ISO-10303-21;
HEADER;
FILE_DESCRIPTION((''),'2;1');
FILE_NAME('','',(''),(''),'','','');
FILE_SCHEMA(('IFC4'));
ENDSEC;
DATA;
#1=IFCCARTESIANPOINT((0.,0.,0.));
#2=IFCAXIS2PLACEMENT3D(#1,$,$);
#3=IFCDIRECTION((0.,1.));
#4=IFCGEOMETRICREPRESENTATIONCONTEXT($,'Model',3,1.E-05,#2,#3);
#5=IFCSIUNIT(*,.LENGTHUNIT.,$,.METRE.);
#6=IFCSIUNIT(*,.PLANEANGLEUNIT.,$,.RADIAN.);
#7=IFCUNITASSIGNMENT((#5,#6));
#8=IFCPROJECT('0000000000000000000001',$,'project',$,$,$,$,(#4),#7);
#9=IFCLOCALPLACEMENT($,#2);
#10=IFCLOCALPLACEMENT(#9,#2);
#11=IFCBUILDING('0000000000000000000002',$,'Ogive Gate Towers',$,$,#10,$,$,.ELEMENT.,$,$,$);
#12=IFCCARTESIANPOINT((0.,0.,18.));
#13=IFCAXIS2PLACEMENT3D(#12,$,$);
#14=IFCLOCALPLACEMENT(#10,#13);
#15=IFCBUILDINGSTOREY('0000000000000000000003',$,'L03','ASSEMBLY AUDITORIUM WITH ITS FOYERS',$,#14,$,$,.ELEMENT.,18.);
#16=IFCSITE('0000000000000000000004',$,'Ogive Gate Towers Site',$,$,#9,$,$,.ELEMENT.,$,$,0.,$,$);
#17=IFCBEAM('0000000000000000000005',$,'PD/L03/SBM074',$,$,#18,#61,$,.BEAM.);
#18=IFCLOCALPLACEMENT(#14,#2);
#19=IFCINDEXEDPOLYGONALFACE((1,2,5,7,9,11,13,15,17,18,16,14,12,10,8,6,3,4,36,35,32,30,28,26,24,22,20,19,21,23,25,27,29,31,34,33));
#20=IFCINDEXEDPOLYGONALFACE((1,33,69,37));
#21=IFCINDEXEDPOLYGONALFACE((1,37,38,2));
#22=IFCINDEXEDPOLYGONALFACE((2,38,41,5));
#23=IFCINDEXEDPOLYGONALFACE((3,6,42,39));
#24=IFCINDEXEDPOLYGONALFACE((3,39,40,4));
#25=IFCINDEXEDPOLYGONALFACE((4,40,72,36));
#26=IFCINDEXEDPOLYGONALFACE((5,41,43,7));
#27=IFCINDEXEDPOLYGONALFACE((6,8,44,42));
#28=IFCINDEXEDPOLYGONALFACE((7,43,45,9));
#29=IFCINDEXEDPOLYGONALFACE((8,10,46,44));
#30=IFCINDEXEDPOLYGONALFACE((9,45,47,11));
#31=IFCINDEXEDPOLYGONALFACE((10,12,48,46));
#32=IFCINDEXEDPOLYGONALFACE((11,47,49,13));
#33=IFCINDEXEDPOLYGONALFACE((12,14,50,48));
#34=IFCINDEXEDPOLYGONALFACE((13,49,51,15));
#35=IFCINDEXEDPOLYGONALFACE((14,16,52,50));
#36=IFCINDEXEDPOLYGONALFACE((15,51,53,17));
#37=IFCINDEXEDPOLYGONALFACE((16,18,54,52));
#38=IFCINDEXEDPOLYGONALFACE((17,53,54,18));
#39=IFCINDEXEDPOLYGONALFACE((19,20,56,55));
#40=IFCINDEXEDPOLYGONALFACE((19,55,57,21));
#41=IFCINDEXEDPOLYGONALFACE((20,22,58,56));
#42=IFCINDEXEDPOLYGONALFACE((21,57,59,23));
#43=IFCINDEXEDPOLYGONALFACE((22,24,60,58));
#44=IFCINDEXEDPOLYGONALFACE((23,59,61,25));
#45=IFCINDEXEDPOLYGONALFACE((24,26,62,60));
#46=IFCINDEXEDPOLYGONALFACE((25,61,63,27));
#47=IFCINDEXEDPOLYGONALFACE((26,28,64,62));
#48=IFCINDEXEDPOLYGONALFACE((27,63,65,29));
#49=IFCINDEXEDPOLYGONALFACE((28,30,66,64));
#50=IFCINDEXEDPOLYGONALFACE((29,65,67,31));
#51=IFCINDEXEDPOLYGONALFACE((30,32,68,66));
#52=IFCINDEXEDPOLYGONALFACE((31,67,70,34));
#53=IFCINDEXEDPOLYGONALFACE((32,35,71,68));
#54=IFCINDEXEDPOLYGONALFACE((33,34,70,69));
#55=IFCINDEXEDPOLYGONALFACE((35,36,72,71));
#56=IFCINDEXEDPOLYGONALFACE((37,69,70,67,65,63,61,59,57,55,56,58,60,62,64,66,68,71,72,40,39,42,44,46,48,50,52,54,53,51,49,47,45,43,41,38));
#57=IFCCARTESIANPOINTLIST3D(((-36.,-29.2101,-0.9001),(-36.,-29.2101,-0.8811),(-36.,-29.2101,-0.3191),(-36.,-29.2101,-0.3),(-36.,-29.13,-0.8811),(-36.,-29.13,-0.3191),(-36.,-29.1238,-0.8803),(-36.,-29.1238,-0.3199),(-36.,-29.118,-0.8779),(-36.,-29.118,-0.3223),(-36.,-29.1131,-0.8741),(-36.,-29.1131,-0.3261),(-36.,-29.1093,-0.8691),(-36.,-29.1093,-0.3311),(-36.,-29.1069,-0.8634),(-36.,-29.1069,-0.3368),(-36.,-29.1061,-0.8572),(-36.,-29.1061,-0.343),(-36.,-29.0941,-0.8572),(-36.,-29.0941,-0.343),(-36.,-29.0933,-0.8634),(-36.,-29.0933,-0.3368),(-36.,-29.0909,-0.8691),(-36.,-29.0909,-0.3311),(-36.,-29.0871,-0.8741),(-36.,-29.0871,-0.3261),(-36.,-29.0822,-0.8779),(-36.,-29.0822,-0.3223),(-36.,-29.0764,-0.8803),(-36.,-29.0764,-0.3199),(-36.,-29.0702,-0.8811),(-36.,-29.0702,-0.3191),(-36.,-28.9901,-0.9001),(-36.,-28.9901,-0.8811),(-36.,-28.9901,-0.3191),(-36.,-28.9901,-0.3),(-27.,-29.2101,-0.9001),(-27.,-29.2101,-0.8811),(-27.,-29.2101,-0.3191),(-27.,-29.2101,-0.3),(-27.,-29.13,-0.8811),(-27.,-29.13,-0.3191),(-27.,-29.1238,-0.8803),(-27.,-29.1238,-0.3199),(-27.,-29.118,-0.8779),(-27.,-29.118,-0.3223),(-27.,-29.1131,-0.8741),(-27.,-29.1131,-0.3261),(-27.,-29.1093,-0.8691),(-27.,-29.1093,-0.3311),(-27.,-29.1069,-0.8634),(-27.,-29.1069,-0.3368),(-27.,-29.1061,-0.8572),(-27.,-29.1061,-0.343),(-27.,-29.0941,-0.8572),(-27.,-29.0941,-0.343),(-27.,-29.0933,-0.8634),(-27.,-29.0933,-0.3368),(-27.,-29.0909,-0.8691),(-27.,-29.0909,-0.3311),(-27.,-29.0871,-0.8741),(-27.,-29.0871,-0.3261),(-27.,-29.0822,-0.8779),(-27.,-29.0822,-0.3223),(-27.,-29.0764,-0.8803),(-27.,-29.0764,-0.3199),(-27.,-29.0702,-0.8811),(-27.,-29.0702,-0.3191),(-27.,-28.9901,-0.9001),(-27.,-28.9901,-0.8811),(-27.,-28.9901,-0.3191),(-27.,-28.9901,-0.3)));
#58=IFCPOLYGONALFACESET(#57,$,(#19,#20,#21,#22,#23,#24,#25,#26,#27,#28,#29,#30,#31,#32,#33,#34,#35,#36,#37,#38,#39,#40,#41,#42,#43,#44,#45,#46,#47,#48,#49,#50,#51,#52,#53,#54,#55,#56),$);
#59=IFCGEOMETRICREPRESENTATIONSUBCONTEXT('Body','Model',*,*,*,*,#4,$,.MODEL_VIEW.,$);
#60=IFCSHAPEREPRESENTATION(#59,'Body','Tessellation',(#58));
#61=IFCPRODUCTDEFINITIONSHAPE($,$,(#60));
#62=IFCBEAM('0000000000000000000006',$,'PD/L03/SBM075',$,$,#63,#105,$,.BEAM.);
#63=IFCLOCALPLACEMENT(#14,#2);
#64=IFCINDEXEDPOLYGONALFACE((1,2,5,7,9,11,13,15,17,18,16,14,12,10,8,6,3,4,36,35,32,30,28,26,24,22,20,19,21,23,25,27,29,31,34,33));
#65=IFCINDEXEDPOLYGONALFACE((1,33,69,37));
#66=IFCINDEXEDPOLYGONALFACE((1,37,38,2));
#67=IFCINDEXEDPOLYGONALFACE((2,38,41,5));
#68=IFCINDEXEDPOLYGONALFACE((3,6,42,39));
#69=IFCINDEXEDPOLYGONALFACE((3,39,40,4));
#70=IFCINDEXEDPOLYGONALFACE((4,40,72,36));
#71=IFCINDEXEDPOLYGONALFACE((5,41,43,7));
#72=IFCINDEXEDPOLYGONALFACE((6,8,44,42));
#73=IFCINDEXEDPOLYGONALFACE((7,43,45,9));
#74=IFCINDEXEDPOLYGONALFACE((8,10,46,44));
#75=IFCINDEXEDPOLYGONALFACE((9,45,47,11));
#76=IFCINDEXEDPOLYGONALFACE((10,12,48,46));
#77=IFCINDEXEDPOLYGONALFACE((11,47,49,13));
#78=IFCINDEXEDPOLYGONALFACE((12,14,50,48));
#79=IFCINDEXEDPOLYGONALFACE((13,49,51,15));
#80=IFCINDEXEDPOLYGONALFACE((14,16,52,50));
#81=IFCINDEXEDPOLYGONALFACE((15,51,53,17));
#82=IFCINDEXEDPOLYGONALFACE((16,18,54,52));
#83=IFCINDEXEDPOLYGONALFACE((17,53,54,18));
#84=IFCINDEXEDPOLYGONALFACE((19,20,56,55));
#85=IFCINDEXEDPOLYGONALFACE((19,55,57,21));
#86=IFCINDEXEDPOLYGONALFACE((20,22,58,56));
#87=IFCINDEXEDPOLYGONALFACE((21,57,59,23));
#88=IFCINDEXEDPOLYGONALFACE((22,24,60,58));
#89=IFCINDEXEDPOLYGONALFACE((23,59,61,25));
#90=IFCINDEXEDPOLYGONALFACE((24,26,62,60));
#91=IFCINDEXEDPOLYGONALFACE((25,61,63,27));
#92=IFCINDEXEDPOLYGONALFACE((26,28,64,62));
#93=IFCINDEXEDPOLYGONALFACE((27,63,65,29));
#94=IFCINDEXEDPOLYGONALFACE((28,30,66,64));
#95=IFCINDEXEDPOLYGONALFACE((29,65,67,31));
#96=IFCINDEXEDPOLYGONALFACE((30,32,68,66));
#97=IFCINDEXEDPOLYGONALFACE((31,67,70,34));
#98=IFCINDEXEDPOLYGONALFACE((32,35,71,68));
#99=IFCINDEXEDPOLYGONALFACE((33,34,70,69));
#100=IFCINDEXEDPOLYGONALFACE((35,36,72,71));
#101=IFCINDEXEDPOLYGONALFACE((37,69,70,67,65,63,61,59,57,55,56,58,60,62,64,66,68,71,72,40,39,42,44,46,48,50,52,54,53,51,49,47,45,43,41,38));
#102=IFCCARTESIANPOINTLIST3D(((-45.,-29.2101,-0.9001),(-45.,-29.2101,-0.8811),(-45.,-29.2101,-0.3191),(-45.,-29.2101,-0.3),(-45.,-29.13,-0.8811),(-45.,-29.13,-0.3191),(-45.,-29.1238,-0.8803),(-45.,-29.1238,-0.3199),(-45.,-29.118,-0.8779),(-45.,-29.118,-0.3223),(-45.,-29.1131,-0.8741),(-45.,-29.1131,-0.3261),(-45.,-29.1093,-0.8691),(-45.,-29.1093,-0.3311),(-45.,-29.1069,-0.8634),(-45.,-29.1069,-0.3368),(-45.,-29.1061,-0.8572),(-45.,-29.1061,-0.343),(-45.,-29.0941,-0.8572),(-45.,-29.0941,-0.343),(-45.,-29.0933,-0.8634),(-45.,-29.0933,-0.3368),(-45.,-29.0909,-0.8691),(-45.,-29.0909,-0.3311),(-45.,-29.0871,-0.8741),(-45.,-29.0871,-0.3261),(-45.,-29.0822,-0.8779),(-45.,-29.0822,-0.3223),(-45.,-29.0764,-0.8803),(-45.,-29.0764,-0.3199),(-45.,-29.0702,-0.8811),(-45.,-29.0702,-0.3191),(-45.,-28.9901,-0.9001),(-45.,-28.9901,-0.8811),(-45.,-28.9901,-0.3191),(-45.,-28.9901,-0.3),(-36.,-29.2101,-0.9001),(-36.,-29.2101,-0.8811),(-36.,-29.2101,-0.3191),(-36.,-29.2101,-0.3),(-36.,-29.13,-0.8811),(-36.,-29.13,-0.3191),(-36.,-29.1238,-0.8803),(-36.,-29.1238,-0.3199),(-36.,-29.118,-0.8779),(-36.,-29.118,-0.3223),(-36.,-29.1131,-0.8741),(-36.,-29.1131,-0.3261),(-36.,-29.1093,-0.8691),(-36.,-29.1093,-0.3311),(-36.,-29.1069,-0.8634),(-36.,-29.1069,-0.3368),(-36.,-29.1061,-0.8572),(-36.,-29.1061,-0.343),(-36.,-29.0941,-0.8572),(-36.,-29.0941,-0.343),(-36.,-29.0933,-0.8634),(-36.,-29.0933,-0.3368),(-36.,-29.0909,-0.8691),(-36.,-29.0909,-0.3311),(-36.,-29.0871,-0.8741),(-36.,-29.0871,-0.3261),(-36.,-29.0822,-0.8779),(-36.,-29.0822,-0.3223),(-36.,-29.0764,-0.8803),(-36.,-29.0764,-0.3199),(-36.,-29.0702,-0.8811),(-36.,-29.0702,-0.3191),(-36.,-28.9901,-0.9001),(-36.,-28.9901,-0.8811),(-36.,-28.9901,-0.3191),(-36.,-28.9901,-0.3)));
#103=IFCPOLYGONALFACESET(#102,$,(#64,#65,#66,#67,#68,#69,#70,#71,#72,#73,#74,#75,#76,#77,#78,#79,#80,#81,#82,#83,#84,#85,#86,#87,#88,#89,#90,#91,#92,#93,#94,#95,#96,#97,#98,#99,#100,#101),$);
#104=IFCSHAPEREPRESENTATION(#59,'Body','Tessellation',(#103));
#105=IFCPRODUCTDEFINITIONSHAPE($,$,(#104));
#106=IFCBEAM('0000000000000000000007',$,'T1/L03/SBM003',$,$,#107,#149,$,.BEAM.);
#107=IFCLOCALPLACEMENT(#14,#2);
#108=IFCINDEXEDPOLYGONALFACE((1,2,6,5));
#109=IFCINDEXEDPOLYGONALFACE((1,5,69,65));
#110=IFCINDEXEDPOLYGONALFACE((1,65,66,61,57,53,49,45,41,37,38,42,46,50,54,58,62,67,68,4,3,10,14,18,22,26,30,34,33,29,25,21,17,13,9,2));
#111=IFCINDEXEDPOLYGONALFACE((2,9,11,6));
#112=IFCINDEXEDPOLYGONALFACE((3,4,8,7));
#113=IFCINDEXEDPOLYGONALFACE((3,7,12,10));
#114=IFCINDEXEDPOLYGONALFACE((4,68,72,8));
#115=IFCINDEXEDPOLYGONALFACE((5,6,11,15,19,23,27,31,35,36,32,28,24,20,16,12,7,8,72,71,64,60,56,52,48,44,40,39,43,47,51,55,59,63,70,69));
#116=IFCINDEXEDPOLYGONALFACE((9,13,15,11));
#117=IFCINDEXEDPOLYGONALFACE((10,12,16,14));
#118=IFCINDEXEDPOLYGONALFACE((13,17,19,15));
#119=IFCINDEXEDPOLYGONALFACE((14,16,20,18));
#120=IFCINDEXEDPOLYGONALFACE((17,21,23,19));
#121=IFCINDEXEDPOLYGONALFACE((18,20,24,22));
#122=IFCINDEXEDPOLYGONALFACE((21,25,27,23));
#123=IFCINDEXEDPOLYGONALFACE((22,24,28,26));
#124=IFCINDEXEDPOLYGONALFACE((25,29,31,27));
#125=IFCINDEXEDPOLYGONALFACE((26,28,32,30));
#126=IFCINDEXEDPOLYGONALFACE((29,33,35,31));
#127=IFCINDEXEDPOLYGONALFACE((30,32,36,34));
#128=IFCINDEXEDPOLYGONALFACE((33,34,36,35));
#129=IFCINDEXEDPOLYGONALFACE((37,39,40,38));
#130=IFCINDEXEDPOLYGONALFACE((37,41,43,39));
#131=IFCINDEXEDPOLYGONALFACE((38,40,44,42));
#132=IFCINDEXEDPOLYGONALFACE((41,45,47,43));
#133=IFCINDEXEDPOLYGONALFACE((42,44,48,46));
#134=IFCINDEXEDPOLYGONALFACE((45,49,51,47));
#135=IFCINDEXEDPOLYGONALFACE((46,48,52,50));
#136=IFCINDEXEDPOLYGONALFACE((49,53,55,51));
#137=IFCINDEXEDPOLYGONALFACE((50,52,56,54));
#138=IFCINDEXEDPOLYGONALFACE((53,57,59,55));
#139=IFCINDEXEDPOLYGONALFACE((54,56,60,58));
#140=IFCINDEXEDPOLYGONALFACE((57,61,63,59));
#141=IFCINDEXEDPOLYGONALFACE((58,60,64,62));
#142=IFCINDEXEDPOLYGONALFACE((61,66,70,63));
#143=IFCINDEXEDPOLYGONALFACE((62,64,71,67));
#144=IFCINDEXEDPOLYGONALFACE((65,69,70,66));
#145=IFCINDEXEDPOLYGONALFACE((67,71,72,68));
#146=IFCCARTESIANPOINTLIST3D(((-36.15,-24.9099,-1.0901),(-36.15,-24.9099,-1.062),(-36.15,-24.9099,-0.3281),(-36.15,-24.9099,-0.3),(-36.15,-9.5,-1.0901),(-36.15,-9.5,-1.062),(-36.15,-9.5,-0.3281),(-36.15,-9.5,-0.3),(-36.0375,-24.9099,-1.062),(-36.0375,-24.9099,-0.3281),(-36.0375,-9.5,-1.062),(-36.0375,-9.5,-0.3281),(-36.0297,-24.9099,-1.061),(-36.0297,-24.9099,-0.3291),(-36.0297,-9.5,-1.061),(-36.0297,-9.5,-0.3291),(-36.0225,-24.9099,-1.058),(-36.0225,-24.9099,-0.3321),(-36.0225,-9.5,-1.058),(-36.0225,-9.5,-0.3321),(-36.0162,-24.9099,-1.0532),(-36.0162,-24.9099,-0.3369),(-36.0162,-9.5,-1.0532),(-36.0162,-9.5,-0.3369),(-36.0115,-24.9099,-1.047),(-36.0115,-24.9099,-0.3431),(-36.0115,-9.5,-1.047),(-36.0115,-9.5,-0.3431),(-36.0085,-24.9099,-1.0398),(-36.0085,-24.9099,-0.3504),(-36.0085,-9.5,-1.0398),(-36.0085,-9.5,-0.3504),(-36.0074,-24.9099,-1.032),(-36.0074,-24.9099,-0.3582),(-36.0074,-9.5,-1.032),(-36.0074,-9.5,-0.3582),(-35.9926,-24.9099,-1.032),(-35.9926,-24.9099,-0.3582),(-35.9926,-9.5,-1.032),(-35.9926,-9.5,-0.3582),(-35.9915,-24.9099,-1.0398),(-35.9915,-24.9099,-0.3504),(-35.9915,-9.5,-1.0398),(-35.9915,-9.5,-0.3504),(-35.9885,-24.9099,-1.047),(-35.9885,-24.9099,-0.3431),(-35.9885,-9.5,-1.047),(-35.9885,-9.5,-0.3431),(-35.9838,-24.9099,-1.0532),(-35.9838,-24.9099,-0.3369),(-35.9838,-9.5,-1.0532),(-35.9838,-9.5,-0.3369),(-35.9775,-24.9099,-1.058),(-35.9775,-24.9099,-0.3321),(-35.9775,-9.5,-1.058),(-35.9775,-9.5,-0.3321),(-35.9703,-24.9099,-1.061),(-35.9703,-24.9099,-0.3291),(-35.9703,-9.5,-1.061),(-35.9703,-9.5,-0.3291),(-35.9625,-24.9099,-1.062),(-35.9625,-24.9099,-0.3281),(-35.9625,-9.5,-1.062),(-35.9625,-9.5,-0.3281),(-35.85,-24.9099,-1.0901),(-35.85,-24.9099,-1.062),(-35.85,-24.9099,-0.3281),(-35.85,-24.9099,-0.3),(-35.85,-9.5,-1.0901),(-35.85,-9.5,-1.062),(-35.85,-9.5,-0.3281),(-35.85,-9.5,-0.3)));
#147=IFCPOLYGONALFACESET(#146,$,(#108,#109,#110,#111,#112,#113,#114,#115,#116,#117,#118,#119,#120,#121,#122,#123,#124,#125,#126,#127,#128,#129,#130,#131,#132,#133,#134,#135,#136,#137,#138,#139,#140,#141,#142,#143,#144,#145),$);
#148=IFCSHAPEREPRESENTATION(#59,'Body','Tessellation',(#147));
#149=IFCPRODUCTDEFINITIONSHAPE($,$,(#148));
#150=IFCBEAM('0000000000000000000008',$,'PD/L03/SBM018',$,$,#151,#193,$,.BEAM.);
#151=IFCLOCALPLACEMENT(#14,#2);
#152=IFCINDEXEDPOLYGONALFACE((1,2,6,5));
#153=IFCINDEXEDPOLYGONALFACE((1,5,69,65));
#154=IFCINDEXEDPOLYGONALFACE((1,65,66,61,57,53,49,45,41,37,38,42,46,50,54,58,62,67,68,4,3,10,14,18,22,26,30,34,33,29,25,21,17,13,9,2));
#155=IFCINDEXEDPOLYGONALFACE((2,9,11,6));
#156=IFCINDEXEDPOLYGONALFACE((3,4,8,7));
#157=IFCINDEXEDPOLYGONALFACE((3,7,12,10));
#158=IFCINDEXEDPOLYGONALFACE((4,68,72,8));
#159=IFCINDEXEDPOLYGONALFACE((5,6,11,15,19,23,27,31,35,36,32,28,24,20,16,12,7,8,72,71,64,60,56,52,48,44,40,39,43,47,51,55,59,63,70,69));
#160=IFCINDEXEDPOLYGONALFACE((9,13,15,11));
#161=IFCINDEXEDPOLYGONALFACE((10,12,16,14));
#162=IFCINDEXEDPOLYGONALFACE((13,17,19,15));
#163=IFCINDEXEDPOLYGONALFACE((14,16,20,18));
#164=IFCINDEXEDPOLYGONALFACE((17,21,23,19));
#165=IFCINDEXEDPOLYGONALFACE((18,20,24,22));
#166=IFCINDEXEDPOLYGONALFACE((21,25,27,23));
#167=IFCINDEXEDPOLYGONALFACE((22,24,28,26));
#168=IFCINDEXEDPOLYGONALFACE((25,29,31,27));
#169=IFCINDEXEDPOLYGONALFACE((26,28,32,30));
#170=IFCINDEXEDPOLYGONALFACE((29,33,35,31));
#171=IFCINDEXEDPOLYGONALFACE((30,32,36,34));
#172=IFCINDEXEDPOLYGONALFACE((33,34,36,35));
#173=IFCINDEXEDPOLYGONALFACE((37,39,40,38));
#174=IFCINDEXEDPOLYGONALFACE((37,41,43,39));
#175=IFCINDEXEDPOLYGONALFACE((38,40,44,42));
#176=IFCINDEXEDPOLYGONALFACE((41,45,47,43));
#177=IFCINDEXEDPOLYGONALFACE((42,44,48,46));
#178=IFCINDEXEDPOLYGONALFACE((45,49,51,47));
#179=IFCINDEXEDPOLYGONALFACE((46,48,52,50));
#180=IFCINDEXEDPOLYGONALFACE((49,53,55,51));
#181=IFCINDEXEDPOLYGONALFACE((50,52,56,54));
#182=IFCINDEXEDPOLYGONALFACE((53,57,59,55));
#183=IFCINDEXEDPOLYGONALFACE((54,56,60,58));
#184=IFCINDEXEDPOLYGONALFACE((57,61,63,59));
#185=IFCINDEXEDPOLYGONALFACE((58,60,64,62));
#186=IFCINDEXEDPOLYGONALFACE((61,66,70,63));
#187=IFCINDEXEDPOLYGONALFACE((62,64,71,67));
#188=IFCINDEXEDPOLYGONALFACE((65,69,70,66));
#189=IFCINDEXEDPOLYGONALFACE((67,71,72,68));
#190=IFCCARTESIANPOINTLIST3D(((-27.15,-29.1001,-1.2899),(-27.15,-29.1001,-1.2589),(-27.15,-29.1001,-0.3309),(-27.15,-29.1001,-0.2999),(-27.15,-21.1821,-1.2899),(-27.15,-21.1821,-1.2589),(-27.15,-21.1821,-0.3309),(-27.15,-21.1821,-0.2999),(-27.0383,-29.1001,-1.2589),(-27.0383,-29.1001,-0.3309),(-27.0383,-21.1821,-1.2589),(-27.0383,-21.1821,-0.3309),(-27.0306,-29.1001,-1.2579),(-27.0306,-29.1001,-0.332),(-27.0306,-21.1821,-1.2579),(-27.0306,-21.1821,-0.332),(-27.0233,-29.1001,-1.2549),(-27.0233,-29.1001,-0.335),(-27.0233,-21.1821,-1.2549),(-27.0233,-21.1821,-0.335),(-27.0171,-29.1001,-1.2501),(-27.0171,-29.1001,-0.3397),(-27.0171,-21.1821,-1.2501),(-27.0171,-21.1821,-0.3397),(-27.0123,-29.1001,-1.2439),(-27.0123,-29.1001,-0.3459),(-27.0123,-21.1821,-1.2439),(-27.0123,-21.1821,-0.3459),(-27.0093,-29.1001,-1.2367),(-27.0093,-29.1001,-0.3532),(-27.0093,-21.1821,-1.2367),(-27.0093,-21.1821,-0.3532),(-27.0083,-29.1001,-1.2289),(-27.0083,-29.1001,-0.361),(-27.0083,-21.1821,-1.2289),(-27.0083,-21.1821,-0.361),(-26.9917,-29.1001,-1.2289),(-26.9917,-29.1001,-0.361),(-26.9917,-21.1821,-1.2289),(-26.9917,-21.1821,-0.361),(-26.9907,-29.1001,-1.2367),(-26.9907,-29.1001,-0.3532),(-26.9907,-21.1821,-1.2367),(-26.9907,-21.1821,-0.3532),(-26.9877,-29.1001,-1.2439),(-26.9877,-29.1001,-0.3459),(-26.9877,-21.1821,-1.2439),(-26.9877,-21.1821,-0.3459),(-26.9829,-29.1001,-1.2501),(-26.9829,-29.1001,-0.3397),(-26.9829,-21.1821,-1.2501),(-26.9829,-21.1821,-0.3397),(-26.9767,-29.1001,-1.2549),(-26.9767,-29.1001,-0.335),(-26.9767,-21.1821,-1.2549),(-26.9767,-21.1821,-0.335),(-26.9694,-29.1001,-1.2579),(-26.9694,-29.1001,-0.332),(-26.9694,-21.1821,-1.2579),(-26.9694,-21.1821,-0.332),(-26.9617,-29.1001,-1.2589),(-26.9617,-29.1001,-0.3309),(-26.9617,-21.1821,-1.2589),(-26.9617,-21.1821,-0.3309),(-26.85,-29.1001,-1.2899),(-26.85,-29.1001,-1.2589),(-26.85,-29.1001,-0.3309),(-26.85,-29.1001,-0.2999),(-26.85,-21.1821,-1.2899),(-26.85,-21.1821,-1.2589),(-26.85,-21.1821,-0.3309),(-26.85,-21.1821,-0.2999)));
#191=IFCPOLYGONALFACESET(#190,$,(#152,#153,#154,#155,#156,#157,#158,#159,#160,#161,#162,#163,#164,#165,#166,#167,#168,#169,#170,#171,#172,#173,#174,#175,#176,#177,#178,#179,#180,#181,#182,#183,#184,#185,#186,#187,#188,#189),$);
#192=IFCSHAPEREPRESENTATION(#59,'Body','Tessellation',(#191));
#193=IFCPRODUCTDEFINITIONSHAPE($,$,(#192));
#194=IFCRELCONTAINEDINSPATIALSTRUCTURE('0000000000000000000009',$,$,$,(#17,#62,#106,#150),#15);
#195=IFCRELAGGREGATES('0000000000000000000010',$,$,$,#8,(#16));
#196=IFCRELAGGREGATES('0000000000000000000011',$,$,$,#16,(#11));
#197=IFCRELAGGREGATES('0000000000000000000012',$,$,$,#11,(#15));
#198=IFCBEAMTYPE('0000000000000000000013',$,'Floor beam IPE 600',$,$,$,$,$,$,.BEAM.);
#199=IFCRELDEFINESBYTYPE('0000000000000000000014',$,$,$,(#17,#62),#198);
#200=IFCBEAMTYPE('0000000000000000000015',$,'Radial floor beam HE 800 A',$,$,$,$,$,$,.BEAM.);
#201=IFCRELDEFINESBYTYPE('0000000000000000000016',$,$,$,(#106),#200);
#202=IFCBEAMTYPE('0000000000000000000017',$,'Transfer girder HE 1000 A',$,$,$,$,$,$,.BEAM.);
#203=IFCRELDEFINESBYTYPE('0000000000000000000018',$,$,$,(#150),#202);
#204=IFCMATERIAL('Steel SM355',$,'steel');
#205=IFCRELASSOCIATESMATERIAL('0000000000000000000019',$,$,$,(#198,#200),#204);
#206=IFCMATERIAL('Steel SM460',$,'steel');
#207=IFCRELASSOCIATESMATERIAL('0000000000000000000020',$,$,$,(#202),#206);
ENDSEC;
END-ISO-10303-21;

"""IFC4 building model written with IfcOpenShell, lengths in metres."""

from ifc_helpers import new_model, si_unit, direction, frame, origin, origin_2d, place, context, subcontext, project, spatial, i_section, extrude, material, material_profile, profile_set, type_object, element, save


model = new_model("IFC4")

# Units and contexts
model_context = context("Model", 3, precision=1e-05, world=origin(), true_north=direction((0.0, 1.0)))
body_context = subcontext(model_context, "Body", "Model", "MODEL_VIEW")
ifc_project = project(units=[si_unit("LENGTHUNIT", "METRE"), si_unit("PLANEANGLEUNIT", "RADIAN")], contexts=[model_context])

# Site, building, storey
site_placement = place(None, origin())
site = spatial("IfcSite", under=ifc_project, at=site_placement, Name="Ogive Gate Towers Site", CompositionType="ELEMENT", RefElevation=0.0)
building_placement = place(site_placement, origin())
building = spatial("IfcBuilding", under=site, at=building_placement, Name="Ogive Gate Towers", CompositionType="ELEMENT")
storey_placement = place(building_placement, frame((0.0, 0.0, 18.0)))
storey = spatial("IfcBuildingStorey", under=building, at=storey_placement, Name="L03", Description="ASSEMBLY AUDITORIUM WITH ITS FOYERS", CompositionType="ELEMENT", Elevation=18.0)

# Beams
ifc_material_1 = material(Name="Steel SM460", Category="steel")
ifc_material_2 = material(Name="Steel SM355", Category="steel")
ifc_material_profile_1 = material_profile(ifc_material_2, i_section(OverallWidth=0.22, OverallDepth=0.6001, WebThickness=0.012, FlangeThickness=0.019, FilletRadius=0.0239, at=origin_2d()), Name="IPE 600")
ifc_profile_set_1 = profile_set([ifc_material_profile_1], Name="Steel SM355")
beam_type_1 = type_object("IfcBeamType", Name="Floor beam IPE 600", PredefinedType="BEAM", material=ifc_profile_set_1)
for number, where, z_axis, x_axis, name in (
    (1, (-27.0, -29.1001, -0.6001), (-1.0, 0.0, 0.0), (0.0, -1.0, 0.0), "PD/L03/SBM074"),
    (2, (-36.0, -29.1001, -0.6001), (-1.0, 0.0, 0.0), (0.0, -1.0, 0.0), "PD/L03/SBM075"),
):
    element("IfcBeam", number, at=place(storey_placement, frame(where, z_axis=z_axis, x_axis=x_axis)), inside=storey, type_object=beam_type_1, Name=name, PredefinedType="BEAM", context=body_context, shape_type="SweptSolid", body=[
        extrude(i_section(OverallWidth=0.22, OverallDepth=0.6001, WebThickness=0.012, FlangeThickness=0.019, FilletRadius=0.0239, at=origin_2d()), origin(), (0.0, 0.0, 1.0), 9.0),
    ])
ifc_material_profile_2 = material_profile(ifc_material_2, i_section(OverallWidth=0.3, OverallDepth=0.79, WebThickness=0.0149, FlangeThickness=0.0281, FilletRadius=0.03, at=origin_2d()), Name="HE 800 A")
ifc_profile_set_2 = profile_set([ifc_material_profile_2], Name="Steel SM355")
beam_type_2 = type_object("IfcBeamType", Name="Radial floor beam HE 800 A", PredefinedType="BEAM", material=ifc_profile_set_2)
beam_1_placement = place(storey_placement, frame((-36.0, -9.5, -0.6951), z_axis=(0.0, -1.0, 0.0), x_axis=(1.0, 0.0, 0.0)))
element("IfcBeam", 3, at=beam_1_placement, inside=storey, type_object=beam_type_2, Name="T1/L03/SBM003", PredefinedType="BEAM", context=body_context, shape_type="SweptSolid", body=[
    extrude(i_section(OverallWidth=0.3, OverallDepth=0.79, WebThickness=0.0149, FlangeThickness=0.0281, FilletRadius=0.03, at=origin_2d()), origin(), (0.0, 0.0, 1.0), 15.4099),
])
ifc_material_profile_3 = material_profile(ifc_material_1, i_section(OverallWidth=0.3, OverallDepth=0.99, WebThickness=0.0166, FlangeThickness=0.031, FilletRadius=0.03, at=origin_2d()), Name="HE 1000 A")
ifc_profile_set_3 = profile_set([ifc_material_profile_3], Name="Steel SM460")
beam_type_3 = type_object("IfcBeamType", Name="Transfer girder HE 1000 A", PredefinedType="BEAM", material=ifc_profile_set_3)
beam_2_placement = place(storey_placement, frame((-27.0, -29.1001, -0.7949), z_axis=(0.0, 1.0, 0.0), x_axis=(-1.0, 0.0, 0.0)))
element("IfcBeam", 4, at=beam_2_placement, inside=storey, type_object=beam_type_3, Name="PD/L03/SBM018", PredefinedType="BEAM", context=body_context, shape_type="SweptSolid", body=[
    extrude(i_section(OverallWidth=0.3, OverallDepth=0.99, WebThickness=0.0166, FlangeThickness=0.031, FilletRadius=0.03, at=origin_2d()), origin(), (0.0, 0.0, 1.0), 7.918),
])

save(model, "model.ifc")
